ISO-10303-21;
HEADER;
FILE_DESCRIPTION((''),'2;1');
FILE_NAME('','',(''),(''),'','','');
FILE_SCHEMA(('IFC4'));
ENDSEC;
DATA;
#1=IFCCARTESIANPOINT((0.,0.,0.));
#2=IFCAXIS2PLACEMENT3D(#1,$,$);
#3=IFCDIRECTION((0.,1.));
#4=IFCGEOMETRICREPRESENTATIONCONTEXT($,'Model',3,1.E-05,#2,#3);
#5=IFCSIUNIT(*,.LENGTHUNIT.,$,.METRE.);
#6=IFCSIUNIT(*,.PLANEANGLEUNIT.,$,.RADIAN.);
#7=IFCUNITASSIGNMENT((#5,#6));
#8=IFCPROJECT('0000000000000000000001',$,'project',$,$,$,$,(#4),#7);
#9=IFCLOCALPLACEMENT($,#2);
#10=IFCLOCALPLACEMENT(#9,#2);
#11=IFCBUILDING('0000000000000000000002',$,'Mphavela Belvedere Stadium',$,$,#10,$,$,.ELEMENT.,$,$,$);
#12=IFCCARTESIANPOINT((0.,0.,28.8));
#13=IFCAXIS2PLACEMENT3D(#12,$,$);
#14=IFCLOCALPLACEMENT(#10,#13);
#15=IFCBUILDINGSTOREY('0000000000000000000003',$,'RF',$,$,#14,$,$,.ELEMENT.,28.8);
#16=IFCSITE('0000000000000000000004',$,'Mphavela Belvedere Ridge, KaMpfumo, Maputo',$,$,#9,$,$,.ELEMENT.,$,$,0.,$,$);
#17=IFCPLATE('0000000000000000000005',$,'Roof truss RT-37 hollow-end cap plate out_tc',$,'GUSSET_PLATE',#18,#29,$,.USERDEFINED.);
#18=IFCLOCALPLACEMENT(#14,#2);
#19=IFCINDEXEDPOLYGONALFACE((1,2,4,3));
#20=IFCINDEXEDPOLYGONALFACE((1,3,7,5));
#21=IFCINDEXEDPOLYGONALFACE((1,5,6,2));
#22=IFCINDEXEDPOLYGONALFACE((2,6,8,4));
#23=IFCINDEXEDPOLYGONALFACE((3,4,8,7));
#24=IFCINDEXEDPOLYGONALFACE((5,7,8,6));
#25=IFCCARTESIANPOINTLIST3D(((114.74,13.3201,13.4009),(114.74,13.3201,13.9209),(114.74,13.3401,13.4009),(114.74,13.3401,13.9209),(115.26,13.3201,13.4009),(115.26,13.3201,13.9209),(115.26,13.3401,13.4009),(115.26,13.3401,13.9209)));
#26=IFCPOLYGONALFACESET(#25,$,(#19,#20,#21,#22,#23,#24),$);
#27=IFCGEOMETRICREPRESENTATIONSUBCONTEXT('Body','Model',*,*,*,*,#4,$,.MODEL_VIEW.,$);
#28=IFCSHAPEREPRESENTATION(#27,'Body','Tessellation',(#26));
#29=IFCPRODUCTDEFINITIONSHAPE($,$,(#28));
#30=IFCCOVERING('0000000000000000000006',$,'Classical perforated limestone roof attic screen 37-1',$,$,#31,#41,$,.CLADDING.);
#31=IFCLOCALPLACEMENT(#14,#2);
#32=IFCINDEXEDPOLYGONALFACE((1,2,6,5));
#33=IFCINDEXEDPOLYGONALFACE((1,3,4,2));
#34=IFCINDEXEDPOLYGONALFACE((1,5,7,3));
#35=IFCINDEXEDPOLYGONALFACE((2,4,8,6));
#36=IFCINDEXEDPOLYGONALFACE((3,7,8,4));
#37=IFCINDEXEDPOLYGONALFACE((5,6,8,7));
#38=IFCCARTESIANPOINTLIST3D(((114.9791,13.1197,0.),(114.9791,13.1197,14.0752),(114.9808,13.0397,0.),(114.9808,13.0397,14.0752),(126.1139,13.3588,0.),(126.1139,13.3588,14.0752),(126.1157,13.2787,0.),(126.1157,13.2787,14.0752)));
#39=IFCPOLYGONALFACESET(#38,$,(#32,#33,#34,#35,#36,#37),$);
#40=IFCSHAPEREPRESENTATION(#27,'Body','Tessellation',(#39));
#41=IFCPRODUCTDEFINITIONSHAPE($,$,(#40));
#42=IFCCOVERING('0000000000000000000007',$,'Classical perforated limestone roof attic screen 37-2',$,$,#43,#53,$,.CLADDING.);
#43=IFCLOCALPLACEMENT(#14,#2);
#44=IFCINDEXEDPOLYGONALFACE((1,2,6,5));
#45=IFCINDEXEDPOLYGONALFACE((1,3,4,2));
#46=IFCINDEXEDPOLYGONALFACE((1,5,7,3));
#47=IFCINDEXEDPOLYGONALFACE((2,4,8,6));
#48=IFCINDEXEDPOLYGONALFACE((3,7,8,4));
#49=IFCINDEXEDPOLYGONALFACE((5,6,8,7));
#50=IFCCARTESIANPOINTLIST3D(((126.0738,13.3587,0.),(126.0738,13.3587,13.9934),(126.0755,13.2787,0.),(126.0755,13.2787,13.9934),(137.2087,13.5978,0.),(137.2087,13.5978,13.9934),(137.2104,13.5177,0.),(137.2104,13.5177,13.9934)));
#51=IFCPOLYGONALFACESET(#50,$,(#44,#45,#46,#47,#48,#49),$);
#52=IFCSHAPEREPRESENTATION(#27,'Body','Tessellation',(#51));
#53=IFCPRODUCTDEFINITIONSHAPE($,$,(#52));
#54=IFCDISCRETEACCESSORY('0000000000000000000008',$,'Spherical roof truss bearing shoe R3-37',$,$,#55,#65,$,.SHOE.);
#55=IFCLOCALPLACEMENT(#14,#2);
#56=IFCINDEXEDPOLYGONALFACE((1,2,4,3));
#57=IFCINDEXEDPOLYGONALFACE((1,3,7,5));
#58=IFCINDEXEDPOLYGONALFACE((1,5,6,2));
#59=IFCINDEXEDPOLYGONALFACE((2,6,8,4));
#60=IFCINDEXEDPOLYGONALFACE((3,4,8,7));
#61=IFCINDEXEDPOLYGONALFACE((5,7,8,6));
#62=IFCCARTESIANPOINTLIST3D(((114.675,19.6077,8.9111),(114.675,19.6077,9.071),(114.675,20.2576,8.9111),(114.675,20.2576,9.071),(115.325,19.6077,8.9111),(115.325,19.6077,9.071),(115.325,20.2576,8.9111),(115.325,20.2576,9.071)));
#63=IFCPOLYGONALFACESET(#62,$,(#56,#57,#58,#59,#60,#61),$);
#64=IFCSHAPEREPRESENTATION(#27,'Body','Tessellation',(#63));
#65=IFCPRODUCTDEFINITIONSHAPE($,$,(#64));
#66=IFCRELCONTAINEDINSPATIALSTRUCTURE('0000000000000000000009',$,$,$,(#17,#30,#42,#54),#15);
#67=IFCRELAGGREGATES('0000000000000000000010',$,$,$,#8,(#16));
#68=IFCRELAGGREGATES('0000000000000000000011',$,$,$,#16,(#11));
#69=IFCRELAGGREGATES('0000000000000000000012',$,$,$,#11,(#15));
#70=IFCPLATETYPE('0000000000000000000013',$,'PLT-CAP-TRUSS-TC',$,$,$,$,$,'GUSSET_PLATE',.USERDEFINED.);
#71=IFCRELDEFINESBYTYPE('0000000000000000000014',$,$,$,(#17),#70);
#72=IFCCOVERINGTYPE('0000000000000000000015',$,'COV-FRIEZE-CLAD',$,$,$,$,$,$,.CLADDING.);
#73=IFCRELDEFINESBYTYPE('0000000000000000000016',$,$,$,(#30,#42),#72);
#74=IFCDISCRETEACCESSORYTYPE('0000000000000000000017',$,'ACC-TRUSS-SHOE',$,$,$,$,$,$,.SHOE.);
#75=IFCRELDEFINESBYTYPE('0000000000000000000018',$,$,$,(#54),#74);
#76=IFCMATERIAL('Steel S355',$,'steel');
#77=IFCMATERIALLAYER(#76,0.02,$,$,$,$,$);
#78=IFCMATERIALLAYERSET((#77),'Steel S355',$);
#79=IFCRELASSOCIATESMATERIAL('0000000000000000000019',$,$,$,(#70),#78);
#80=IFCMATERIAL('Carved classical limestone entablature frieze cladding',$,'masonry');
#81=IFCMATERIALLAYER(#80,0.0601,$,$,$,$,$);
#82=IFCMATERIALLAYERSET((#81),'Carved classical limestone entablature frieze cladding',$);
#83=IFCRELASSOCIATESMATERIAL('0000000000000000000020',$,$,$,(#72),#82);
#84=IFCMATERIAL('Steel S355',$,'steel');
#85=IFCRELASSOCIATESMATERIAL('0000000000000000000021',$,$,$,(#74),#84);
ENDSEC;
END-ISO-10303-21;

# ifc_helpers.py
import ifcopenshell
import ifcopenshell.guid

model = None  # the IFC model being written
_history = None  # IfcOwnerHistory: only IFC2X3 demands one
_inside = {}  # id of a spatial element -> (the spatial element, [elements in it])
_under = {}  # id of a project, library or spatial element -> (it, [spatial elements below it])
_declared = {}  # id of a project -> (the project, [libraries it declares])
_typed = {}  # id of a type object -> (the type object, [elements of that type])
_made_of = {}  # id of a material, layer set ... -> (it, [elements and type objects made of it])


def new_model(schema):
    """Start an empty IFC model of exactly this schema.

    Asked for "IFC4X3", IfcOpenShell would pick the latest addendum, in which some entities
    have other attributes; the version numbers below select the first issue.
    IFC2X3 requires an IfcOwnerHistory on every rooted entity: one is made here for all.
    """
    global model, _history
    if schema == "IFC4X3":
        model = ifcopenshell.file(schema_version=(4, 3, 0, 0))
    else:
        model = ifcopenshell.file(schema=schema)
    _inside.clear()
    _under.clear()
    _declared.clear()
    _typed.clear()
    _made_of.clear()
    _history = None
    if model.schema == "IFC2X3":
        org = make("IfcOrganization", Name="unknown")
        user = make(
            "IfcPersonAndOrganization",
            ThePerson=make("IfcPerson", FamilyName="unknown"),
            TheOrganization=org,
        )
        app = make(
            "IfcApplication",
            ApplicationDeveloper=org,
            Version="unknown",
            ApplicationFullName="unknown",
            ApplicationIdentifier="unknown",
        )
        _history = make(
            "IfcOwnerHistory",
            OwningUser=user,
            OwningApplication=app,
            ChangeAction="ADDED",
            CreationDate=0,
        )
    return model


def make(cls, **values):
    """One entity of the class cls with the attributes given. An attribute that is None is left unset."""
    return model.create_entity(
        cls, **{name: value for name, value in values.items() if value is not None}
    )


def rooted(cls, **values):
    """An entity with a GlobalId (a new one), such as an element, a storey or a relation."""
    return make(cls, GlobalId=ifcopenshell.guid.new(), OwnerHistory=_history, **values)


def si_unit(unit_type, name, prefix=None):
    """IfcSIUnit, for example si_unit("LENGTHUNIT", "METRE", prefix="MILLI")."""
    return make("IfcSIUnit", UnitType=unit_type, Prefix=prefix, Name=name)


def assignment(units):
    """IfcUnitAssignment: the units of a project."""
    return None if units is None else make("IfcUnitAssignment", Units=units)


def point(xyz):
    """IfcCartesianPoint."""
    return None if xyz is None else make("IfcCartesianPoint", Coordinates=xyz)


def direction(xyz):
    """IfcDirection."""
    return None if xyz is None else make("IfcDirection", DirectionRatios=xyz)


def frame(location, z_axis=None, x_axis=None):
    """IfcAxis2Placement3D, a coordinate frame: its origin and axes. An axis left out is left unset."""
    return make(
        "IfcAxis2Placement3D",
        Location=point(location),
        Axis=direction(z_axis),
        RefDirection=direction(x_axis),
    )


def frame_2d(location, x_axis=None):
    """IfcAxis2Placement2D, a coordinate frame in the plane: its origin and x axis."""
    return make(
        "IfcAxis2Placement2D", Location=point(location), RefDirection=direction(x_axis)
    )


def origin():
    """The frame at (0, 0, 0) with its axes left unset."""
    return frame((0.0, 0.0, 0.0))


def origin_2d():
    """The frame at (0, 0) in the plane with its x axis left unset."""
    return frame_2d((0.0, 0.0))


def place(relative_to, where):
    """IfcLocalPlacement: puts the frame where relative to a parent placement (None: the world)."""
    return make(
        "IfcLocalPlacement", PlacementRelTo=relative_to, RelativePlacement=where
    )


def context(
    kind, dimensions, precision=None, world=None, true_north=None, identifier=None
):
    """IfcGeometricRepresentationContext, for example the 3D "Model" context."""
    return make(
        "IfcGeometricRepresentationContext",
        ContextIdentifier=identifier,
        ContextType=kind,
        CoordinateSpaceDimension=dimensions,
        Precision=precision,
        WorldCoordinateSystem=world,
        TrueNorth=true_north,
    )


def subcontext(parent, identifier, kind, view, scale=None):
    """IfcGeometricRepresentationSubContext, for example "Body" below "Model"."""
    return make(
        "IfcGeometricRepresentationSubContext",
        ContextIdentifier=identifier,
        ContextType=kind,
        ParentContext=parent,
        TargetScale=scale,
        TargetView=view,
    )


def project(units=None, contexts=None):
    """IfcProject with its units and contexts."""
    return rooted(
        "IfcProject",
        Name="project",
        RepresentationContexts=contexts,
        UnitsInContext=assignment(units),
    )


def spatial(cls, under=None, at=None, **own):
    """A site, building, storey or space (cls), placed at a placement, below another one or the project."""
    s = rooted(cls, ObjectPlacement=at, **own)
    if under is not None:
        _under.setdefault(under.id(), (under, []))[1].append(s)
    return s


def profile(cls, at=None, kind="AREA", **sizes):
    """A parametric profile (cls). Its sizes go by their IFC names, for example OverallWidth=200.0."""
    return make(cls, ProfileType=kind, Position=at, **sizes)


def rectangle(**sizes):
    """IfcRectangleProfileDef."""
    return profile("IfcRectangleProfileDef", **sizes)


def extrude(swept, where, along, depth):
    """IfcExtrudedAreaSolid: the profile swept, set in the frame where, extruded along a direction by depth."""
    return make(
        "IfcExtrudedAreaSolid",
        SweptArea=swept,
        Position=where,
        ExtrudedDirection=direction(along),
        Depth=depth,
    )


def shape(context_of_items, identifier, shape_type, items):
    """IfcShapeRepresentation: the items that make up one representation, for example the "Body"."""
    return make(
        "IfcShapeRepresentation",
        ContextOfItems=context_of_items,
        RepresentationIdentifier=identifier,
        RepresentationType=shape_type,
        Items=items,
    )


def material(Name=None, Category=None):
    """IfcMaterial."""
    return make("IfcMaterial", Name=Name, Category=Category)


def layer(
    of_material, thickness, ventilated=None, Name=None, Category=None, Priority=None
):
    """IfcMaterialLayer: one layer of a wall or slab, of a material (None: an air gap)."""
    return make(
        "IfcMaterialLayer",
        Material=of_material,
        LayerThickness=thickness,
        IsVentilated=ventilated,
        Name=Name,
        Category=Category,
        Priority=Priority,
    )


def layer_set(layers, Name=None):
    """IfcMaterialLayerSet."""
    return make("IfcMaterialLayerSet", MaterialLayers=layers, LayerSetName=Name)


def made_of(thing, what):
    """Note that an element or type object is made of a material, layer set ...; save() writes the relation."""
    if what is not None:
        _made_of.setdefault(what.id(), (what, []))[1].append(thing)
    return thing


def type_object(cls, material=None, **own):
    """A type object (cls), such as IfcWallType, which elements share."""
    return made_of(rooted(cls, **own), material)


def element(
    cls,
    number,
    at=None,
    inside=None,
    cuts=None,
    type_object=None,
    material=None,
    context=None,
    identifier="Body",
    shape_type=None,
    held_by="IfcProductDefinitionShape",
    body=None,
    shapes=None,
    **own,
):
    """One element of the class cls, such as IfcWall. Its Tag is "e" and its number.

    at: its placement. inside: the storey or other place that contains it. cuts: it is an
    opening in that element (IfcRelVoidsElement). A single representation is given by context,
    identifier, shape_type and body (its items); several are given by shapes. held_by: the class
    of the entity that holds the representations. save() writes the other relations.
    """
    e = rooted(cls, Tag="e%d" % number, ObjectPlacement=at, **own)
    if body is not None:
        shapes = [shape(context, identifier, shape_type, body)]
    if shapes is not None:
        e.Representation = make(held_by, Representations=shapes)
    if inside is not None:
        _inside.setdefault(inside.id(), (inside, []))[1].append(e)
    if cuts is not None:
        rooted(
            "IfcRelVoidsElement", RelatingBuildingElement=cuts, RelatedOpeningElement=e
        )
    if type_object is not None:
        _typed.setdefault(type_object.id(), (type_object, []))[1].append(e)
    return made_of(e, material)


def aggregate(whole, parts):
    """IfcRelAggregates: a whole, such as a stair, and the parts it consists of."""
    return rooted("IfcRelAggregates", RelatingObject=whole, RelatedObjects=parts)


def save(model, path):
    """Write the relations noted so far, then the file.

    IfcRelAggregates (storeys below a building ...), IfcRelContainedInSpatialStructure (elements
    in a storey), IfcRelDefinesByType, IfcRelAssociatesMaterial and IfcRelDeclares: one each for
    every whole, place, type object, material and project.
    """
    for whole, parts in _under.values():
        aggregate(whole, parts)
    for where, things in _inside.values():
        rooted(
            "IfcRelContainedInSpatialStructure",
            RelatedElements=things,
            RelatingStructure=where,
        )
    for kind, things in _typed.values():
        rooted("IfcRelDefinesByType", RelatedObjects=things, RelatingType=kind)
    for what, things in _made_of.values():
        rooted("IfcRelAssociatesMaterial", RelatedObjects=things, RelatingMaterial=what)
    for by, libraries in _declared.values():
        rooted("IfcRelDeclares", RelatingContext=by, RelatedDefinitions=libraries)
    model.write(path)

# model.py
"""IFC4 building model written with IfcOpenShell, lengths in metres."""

from ifc_helpers import new_model, si_unit, direction, frame, origin, origin_2d, place, context, subcontext, project, spatial, rectangle, extrude, material, layer, layer_set, type_object, element, save


model = new_model("IFC4")

# Units and contexts
model_context = context("Model", 3, precision=1e-05, world=origin(), true_north=direction((0.0, 1.0)))
body_context = subcontext(model_context, "Body", "Model", "MODEL_VIEW")
ifc_project = project(units=[si_unit("LENGTHUNIT", "METRE"), si_unit("PLANEANGLEUNIT", "RADIAN")], contexts=[model_context])

# Site, building, storey
site_placement = place(None, origin())
site = spatial("IfcSite", under=ifc_project, at=site_placement, Name="Mphavela Belvedere Ridge, KaMpfumo, Maputo", CompositionType="ELEMENT", RefElevation=0.0)
building_placement = place(site_placement, origin())
building = spatial("IfcBuilding", under=site, at=building_placement, Name="Mphavela Belvedere Stadium", CompositionType="ELEMENT")
storey_placement = place(building_placement, frame((0.0, 0.0, 28.8)))
storey = spatial("IfcBuildingStorey", under=building, at=storey_placement, Name="RF", CompositionType="ELEMENT", Elevation=28.8)

# Plate
ifc_material_1 = material(Name="Steel S355", Category="steel")
ifc_layer_1 = layer(ifc_material_1, 0.02)
ifc_layer_set_1 = layer_set([ifc_layer_1], Name="Steel S355")
plate_type_1 = type_object("IfcPlateType", Name="PLT-CAP-TRUSS-TC", ElementType="GUSSET_PLATE", PredefinedType="USERDEFINED", material=ifc_layer_set_1)
plate_1_placement = place(storey_placement, frame((115.0, 13.3301, 13.4009), z_axis=(0.0, 0.0, 1.0), x_axis=(0.0, -1.0, 0.0)))
element("IfcPlate", 1, at=plate_1_placement, inside=storey, type_object=plate_type_1, Name="Roof truss RT-37 hollow-end cap plate out_tc", ObjectType="GUSSET_PLATE", PredefinedType="USERDEFINED", context=body_context, shape_type="SweptSolid", body=[
    extrude(rectangle(XDim=0.02, YDim=0.52, at=origin_2d()), origin(), (0.0, 0.0, 1.0), 0.52),
])

# Coverings
ifc_material_2 = material(Name="Carved classical limestone entablature frieze cladding", Category="masonry")
ifc_layer_2 = layer(ifc_material_2, 0.0601)
ifc_layer_set_2 = layer_set([ifc_layer_2], Name="Carved classical limestone entablature frieze cladding")
covering_type = type_object("IfcCoveringType", Name="COV-FRIEZE-CLAD", PredefinedType="CLADDING", material=ifc_layer_set_2)
covering_1_placement = place(storey_placement, frame((120.5474, 13.1992, 0.0), z_axis=(0.0, 0.0, 1.0), x_axis=(0.99977, 0.021466, 0.0)))
element("IfcCovering", 2, at=covering_1_placement, inside=storey, type_object=covering_type, Name="Classical perforated limestone roof attic screen 37-1", PredefinedType="CLADDING", context=body_context, shape_type="SweptSolid", body=[
    extrude(rectangle(XDim=11.1375, YDim=0.0801, at=origin_2d()), origin(), (0.0, 0.0, 1.0), 14.0752),
])
covering_2_placement = place(storey_placement, frame((131.6421, 13.4382, 0.0), z_axis=(0.0, 0.0, 1.0), x_axis=(0.99977, 0.021466, 0.0)))
element("IfcCovering", 3, at=covering_2_placement, inside=storey, type_object=covering_type, Name="Classical perforated limestone roof attic screen 37-2", PredefinedType="CLADDING", context=body_context, shape_type="SweptSolid", body=[
    extrude(rectangle(XDim=11.1375, YDim=0.0801, at=origin_2d()), origin(), (0.0, 0.0, 1.0), 13.9934),
])

# Discrete accessory
ifc_material_3 = material(Name="Steel S355", Category="steel")
discrete_accessory_type = type_object("IfcDiscreteAccessoryType", Name="ACC-TRUSS-SHOE", PredefinedType="SHOE", material=ifc_material_3)
discrete_accessory_placement = place(storey_placement, frame((115.0, 19.9326, 8.9111), z_axis=(0.0, 0.0, 1.0), x_axis=(0.0, -1.0, 0.0)))
element("IfcDiscreteAccessory", 4, at=discrete_accessory_placement, inside=storey, type_object=discrete_accessory_type, Name="Spherical roof truss bearing shoe R3-37", PredefinedType="SHOE", context=body_context, shape_type="SweptSolid", body=[
    extrude(rectangle(XDim=0.6499, YDim=0.6499, at=origin_2d()), origin(), (0.0, 0.0, 1.0), 0.1599),
])

save(model, "model.ifc")
